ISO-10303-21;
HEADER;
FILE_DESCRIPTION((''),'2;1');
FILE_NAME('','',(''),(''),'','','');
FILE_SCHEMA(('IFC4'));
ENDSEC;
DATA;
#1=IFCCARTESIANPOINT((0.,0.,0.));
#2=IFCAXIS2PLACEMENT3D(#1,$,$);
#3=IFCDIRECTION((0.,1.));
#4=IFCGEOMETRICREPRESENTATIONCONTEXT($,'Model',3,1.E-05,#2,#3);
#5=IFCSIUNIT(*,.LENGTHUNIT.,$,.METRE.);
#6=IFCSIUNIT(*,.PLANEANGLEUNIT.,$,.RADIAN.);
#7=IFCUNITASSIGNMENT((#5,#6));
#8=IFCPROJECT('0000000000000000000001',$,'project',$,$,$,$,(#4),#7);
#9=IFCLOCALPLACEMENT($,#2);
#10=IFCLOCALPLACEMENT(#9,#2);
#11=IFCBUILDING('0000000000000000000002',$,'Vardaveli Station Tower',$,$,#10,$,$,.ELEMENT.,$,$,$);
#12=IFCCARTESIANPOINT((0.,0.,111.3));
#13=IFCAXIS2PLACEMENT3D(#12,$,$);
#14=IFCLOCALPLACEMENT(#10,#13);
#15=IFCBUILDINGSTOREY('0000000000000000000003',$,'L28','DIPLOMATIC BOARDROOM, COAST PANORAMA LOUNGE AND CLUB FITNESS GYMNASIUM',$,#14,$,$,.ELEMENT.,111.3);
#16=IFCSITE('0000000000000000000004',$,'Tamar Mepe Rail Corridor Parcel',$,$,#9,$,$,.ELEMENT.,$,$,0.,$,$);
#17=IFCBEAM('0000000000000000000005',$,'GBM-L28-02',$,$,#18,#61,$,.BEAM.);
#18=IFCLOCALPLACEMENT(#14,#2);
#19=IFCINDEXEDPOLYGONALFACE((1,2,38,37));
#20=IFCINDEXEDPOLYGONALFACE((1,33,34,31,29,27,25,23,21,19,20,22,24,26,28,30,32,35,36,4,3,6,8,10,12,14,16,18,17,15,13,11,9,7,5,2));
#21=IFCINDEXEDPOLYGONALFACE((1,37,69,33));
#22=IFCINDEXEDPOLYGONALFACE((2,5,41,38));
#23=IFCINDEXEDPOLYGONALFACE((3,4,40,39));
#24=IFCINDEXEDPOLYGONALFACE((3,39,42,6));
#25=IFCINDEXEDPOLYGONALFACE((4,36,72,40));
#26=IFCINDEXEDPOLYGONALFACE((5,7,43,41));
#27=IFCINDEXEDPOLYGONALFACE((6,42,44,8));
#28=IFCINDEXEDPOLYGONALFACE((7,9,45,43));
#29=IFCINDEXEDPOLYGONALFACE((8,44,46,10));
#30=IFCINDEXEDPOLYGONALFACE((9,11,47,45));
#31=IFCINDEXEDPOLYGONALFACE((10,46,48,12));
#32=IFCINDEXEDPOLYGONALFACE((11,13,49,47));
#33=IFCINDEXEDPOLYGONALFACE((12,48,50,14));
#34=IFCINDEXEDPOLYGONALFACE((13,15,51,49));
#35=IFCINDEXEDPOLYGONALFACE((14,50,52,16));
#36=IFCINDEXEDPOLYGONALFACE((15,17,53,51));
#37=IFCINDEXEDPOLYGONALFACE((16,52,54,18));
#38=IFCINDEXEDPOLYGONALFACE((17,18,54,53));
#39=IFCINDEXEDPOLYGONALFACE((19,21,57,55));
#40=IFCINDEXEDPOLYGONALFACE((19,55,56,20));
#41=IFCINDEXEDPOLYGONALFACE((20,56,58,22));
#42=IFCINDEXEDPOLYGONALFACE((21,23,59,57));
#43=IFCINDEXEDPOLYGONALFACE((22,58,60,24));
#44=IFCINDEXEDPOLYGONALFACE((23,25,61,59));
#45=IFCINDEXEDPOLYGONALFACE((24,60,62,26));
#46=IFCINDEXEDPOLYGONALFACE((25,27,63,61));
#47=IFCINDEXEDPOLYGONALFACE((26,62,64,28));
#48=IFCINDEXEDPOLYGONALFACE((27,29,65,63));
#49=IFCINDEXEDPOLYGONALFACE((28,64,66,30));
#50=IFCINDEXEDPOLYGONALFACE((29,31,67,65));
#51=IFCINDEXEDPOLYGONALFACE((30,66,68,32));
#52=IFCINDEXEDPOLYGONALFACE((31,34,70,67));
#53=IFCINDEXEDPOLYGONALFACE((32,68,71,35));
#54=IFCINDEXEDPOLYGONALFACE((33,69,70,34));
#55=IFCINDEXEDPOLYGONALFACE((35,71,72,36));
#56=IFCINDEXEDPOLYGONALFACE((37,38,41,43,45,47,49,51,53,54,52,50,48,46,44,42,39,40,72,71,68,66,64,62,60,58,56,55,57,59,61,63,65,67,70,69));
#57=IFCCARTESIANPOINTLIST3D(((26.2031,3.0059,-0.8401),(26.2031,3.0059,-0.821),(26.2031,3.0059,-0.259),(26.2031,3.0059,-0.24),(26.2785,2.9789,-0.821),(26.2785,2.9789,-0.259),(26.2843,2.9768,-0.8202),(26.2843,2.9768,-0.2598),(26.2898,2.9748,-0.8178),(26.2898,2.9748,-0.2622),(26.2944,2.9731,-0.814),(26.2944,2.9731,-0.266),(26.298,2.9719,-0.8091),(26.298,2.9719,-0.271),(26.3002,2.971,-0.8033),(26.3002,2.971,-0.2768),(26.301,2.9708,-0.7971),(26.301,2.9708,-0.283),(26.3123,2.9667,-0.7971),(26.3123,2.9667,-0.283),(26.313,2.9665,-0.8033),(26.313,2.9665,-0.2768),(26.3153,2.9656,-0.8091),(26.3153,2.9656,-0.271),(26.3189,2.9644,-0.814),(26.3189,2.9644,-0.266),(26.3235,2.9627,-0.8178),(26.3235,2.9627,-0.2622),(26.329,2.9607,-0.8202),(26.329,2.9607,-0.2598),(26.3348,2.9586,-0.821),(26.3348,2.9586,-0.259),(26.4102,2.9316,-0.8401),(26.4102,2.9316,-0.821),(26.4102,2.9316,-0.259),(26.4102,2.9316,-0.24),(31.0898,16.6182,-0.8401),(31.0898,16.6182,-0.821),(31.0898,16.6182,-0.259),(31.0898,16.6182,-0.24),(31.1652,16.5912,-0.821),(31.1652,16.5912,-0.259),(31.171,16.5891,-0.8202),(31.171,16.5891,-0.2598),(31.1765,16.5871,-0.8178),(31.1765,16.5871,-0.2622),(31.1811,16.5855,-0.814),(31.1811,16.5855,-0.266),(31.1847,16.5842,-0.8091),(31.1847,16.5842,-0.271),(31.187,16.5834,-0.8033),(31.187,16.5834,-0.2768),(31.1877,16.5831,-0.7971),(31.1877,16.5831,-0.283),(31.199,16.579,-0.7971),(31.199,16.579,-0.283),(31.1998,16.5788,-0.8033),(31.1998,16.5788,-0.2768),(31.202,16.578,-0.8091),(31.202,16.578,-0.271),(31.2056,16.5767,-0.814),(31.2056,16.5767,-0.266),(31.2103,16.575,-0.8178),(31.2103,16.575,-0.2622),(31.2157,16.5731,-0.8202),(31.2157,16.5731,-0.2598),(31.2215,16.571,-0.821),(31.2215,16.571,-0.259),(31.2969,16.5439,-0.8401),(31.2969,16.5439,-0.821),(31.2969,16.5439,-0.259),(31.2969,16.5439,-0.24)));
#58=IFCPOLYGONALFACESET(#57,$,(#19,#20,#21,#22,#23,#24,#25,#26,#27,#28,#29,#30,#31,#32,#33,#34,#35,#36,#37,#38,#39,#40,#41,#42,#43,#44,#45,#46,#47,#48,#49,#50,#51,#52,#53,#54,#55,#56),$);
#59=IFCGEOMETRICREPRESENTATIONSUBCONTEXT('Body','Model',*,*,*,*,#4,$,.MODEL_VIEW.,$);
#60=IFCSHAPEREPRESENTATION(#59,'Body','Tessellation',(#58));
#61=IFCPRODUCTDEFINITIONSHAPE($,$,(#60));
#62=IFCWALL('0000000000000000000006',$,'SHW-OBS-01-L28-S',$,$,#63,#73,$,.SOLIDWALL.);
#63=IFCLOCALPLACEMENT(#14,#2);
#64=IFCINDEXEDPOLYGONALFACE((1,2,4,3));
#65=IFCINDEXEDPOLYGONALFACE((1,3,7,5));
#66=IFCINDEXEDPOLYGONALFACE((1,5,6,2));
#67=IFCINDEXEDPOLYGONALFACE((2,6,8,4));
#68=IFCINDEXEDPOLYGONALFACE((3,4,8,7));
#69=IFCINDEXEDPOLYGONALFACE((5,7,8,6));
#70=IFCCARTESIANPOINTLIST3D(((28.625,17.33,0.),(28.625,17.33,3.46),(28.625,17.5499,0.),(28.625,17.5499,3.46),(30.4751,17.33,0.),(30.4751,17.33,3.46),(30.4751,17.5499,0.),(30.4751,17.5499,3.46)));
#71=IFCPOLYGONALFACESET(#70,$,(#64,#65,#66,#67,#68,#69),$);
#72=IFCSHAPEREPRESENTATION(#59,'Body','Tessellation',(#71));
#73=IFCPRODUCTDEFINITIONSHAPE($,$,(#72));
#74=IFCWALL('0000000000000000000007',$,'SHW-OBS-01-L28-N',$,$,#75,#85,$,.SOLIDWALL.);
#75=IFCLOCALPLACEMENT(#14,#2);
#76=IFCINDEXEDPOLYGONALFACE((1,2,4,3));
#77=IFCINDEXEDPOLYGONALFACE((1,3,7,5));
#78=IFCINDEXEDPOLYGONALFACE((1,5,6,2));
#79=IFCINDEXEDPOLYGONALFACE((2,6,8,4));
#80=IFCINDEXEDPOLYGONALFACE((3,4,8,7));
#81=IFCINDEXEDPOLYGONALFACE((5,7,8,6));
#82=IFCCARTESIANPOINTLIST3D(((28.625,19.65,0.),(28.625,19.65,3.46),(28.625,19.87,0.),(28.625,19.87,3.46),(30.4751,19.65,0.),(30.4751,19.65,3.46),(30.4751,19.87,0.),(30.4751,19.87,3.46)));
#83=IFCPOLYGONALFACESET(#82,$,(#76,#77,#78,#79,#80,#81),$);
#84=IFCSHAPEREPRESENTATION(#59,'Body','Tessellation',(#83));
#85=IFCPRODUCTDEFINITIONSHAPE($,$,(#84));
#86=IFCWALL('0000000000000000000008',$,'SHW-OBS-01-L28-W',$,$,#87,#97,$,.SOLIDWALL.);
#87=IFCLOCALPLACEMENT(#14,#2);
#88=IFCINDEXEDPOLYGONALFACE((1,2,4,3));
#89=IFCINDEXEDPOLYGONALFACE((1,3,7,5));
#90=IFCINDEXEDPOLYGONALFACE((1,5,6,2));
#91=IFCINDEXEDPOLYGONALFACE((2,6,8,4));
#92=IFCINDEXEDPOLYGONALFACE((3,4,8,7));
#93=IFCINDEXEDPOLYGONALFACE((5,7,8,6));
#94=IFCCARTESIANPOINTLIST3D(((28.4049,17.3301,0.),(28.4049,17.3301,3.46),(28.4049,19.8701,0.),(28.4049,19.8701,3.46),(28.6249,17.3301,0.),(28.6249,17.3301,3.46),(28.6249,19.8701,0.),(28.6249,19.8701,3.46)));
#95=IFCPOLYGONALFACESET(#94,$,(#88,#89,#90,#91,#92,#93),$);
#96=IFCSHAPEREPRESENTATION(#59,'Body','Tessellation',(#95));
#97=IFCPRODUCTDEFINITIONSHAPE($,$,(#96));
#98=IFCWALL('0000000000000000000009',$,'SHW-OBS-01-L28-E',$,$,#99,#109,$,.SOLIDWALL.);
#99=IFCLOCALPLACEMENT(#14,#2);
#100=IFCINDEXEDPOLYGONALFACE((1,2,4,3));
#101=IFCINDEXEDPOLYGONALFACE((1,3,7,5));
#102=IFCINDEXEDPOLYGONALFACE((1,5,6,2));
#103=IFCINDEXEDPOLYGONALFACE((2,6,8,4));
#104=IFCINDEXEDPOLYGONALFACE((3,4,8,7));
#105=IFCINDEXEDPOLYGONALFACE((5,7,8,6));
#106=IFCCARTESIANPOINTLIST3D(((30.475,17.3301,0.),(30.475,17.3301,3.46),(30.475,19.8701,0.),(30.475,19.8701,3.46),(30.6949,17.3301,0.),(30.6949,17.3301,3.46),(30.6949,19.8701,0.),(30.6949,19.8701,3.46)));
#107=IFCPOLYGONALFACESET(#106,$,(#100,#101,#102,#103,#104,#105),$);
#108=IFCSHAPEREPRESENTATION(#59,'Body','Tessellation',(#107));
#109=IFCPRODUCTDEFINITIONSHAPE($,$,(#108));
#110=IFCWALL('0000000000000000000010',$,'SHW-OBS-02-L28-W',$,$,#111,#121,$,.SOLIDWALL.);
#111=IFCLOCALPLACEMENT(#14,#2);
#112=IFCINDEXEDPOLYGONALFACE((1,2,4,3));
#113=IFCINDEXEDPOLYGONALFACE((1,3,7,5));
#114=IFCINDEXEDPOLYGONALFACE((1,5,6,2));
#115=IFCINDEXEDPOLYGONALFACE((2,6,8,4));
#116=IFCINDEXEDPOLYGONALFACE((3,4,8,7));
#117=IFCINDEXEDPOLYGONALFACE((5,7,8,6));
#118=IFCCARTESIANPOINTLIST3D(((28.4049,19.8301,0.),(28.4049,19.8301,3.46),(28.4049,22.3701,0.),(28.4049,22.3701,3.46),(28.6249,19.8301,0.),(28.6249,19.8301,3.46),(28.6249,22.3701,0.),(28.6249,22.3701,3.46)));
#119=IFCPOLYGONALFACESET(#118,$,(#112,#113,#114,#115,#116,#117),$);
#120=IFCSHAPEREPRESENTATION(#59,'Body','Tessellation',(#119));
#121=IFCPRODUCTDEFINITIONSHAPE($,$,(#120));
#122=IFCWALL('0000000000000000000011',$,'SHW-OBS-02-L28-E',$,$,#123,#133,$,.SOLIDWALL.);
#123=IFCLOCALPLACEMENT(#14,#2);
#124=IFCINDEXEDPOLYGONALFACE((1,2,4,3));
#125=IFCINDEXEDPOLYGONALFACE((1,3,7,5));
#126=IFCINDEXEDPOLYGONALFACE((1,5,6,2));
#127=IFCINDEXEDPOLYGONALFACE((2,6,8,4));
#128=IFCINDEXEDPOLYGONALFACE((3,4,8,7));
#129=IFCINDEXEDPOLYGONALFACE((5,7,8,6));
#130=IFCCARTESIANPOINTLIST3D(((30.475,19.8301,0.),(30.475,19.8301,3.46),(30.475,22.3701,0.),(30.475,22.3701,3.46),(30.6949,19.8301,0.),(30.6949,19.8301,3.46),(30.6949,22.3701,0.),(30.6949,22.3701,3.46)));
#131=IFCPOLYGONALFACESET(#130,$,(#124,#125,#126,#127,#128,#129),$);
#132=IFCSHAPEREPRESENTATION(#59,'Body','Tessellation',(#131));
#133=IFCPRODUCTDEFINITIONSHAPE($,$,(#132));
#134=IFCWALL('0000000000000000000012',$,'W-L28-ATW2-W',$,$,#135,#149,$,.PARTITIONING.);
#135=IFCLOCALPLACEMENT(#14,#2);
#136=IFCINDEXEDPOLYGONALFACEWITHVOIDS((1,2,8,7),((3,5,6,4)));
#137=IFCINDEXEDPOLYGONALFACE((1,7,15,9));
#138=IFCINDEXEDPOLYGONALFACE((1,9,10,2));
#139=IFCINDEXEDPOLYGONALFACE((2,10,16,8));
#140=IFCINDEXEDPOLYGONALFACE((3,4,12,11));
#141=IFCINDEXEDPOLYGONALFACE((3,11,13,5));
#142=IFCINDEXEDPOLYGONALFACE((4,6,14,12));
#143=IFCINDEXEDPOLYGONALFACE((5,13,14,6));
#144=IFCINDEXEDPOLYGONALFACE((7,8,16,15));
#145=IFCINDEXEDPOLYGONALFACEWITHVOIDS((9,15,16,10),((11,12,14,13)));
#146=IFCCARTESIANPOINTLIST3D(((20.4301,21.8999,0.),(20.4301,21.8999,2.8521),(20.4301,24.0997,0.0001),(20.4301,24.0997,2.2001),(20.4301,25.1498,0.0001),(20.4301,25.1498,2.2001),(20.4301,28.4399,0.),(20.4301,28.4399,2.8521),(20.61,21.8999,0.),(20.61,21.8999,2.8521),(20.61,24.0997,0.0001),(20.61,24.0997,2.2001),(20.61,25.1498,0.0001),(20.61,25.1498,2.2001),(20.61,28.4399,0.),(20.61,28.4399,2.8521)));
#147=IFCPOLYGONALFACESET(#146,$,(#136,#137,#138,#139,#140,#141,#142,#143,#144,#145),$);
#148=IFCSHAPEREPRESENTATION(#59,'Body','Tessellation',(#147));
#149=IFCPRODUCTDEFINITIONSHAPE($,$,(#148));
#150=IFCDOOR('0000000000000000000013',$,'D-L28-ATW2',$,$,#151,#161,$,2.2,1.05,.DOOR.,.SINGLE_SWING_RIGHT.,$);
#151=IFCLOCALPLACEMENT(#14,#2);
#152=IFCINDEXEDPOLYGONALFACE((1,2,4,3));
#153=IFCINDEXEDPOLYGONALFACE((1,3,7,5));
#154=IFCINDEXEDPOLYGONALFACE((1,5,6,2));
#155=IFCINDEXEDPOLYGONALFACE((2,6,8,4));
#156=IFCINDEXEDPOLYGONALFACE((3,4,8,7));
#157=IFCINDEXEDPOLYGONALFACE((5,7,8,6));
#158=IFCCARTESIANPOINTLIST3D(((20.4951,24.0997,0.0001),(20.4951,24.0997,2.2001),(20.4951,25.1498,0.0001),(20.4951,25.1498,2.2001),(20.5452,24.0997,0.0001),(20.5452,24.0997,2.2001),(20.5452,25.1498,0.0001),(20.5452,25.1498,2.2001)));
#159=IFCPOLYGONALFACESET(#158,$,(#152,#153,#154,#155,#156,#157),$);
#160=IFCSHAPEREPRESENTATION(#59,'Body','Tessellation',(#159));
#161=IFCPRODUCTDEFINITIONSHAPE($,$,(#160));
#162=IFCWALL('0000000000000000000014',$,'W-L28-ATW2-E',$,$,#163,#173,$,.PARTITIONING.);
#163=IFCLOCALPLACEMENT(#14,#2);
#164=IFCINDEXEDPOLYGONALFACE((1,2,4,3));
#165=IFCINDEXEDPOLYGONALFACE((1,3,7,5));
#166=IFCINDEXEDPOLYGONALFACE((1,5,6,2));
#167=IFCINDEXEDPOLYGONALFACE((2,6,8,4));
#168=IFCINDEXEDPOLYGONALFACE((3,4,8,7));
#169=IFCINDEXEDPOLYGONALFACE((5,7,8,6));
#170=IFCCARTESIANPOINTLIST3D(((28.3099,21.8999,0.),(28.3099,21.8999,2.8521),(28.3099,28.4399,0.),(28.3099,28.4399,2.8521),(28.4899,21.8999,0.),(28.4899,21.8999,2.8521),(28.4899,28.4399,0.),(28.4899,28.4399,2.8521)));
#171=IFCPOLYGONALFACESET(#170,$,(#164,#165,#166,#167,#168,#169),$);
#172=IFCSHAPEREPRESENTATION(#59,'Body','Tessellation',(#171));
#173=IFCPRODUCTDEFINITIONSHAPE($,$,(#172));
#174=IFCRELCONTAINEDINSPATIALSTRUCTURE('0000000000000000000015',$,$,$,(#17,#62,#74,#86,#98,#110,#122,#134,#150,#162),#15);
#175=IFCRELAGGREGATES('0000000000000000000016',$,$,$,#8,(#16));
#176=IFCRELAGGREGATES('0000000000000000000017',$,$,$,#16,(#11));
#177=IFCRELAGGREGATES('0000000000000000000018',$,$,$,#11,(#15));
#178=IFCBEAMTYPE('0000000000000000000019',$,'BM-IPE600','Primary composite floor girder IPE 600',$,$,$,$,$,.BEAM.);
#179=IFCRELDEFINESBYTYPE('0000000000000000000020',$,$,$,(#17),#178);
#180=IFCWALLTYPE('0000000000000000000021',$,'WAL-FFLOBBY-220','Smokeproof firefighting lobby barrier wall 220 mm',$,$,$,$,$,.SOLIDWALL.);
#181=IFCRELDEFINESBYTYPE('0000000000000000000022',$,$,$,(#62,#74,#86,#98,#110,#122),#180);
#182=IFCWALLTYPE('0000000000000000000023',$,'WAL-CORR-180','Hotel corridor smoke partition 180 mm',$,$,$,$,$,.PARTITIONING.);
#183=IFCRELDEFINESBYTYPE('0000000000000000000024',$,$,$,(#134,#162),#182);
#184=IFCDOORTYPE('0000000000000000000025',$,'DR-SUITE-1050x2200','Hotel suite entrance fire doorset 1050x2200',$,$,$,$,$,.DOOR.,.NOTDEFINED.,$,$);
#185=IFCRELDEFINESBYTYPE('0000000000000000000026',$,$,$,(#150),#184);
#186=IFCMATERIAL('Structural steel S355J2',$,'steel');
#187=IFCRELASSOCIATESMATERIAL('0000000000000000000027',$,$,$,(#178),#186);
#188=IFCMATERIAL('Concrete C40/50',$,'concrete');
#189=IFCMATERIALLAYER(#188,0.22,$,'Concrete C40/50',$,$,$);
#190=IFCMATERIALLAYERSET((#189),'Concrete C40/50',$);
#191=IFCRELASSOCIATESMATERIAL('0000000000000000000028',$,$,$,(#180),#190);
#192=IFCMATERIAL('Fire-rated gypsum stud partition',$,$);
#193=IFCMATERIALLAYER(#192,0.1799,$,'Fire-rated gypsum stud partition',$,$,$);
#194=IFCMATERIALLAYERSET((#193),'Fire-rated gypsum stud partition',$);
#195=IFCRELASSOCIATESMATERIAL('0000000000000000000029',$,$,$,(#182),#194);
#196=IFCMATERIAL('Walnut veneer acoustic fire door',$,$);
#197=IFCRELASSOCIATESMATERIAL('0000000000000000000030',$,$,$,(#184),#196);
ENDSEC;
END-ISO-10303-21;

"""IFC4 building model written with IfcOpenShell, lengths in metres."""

from ifc_helpers import new_model, si_unit, direction, frame, frame_2d, origin, origin_2d, place, context, subcontext, project, spatial, rectangle, i_section, extrude, source, transform, mapped, material, layer, layer_set, material_profile, profile_set, type_object, element, fill, save


model = new_model("IFC4")

# Units and contexts
model_context = context("Model", 3, precision=1e-05, world=origin(), true_north=direction((0.0, 1.0)))
body_context = subcontext(model_context, "Body", "Model", "MODEL_VIEW")
ifc_project = project(units=[si_unit("LENGTHUNIT", "METRE"), si_unit("PLANEANGLEUNIT", "RADIAN")], contexts=[model_context])

# Site, building, storey
site_placement = place(None, origin())
site = spatial("IfcSite", under=ifc_project, at=site_placement, Name="Tamar Mepe Rail Corridor Parcel", CompositionType="ELEMENT", RefElevation=0.0)
building_placement = place(site_placement, origin())
building = spatial("IfcBuilding", under=site, at=building_placement, Name="Vardaveli Station Tower", CompositionType="ELEMENT")
storey_placement = place(building_placement, frame((0.0, 0.0, 111.3)))
storey = spatial("IfcBuildingStorey", under=building, at=storey_placement, Name="L28", Description="DIPLOMATIC BOARDROOM, COAST PANORAMA LOUNGE AND CLUB FITNESS GYMNASIUM", CompositionType="ELEMENT", Elevation=111.3)

# Beam
ifc_material_1 = material(Name="Structural steel S355J2", Category="steel")
ifc_material_profile_1 = material_profile(ifc_material_1, i_section(OverallWidth=0.22, OverallDepth=0.6001, WebThickness=0.012, FlangeThickness=0.019, FilletRadius=0.0239, at=origin_2d()), Name="IPE 600")
ifc_profile_set_1 = profile_set([ifc_material_profile_1], Name="Structural steel S355J2")
beam_type_1 = type_object("IfcBeamType", Name="BM-IPE600", Description="Primary composite floor girder IPE 600", PredefinedType="BEAM", material=ifc_profile_set_1)
shared_shape_1 = source(origin(), body_context, "Body", "SweptSolid", [
    extrude(i_section(OverallWidth=0.22, OverallDepth=0.6001, WebThickness=0.012, FlangeThickness=0.019, FilletRadius=0.0239, at=origin_2d()), origin(), (0.0, 0.0, 1.0), 14.4629),
])
beam_1_placement = place(storey_placement, frame((26.3066, 2.9688, -0.54), z_axis=(0.33788, 0.941189, 0.0), x_axis=(-0.941189, 0.33788, 0.0)))
element("IfcBeam", 1, at=beam_1_placement, inside=storey, type_object=beam_type_1, Name="GBM-L28-02", PredefinedType="BEAM", context=body_context, shape_type="MappedRepresentation", body=[
    mapped(shared_shape_1, transform((0.0, 0.0, 0.0), scale=1.0)),
])

# Walls
ifc_material_2 = material(Name="Concrete C40/50", Category="concrete")
ifc_layer_1 = layer(ifc_material_2, 0.22, Name="Concrete C40/50")
ifc_layer_set_1 = layer_set([ifc_layer_1], Name="Concrete C40/50")
wall_type_1 = type_object("IfcWallType", Name="WAL-FFLOBBY-220", Description="Smokeproof firefighting lobby barrier wall 220 mm", PredefinedType="SOLIDWALL", material=ifc_layer_set_1)
shared_shape_2 = source(origin(), body_context, "Body", "SweptSolid", [
    extrude(rectangle(XDim=1.8501, YDim=0.22, at=frame_2d((0.925, 0.0))), origin(), (0.0, 0.0, 1.0), 3.46),
])
for number, where, z_axis, x_axis, name in (
    (2, (28.625, 17.4399, 0.0), (0.0, 0.0, 1.0), (1.0, 0.0, 0.0), "SHW-OBS-01-L28-S"),
    (3, (28.625, 19.76, 0.0), (0.0, 0.0, 1.0), (1.0, 0.0, 0.0), "SHW-OBS-01-L28-N"),
):
    element("IfcWall", number, at=place(storey_placement, frame(where, z_axis=z_axis, x_axis=x_axis)), inside=storey, type_object=wall_type_1, Name=name, PredefinedType="SOLIDWALL", context=body_context, shape_type="MappedRepresentation", body=[
        mapped(shared_shape_2, transform((0.0, 0.0, 0.0), scale=1.0)),
    ])
shared_shape_3 = source(origin(), body_context, "Body", "SweptSolid", [
    extrude(rectangle(XDim=2.54, YDim=0.22, at=frame_2d((1.27, 0.0))), origin(), (0.0, 0.0, 1.0), 3.46),
])
for number, where, z_axis, x_axis, name in (
    (4, (28.5149, 17.3301, 0.0), (0.0, 0.0, 1.0), (0.0, 1.0, 0.0), "SHW-OBS-01-L28-W"),
    (5, (30.585, 17.3301, 0.0), (0.0, 0.0, 1.0), (0.0, 1.0, 0.0), "SHW-OBS-01-L28-E"),
    (6, (28.5149, 19.8301, 0.0), (0.0, 0.0, 1.0), (0.0, 1.0, 0.0), "SHW-OBS-02-L28-W"),
    (7, (30.585, 19.8301, 0.0), (0.0, 0.0, 1.0), (0.0, 1.0, 0.0), "SHW-OBS-02-L28-E"),
):
    element("IfcWall", number, at=place(storey_placement, frame(where, z_axis=z_axis, x_axis=x_axis)), inside=storey, type_object=wall_type_1, Name=name, PredefinedType="SOLIDWALL", context=body_context, shape_type="MappedRepresentation", body=[
        mapped(shared_shape_3, transform((0.0, 0.0, 0.0), scale=1.0)),
    ])

# Wall, opening, door
ifc_material_3 = material(Name="Fire-rated gypsum stud partition")
ifc_layer_2 = layer(ifc_material_3, 0.1799, Name="Fire-rated gypsum stud partition")
ifc_layer_set_2 = layer_set([ifc_layer_2], Name="Fire-rated gypsum stud partition")
wall_type_2 = type_object("IfcWallType", Name="WAL-CORR-180", Description="Hotel corridor smoke partition 180 mm", PredefinedType="PARTITIONING", material=ifc_layer_set_2)
shared_shape_4 = source(origin(), body_context, "Body", "SweptSolid", [
    extrude(rectangle(XDim=6.54, YDim=0.1799, at=frame_2d((3.27, 0.0))), origin(), (0.0, 0.0, 1.0), 2.8521),
])
wall_1_placement = place(storey_placement, frame((20.52, 21.8999, 0.0), z_axis=(0.0, 0.0, 1.0), x_axis=(0.0, 1.0, 0.0)))
wall_1 = element("IfcWall", 8, at=wall_1_placement, inside=storey, type_object=wall_type_2, Name="W-L28-ATW2-W", PredefinedType="PARTITIONING", context=body_context, shape_type="MappedRepresentation", body=[
    mapped(shared_shape_4, transform((0.0, 0.0, 0.0), scale=1.0)),
])
shared_shape_5 = source(origin(), body_context, "Body", "SweptSolid", [
    extrude(rectangle(XDim=1.05, YDim=2.2, at=frame_2d((0.5249, 1.1001))), frame((0.0, 0.1001, 0.0), z_axis=(0.0, -1.0, 0.0), x_axis=(1.0, 0.0, 0.0)), (0.0, 0.0, 1.0), 0.2),
])
opening_1_placement = place(wall_1_placement, frame((2.2, 0.0, 0.0)))
opening_1 = element("IfcOpeningElement", 9, at=opening_1_placement, cuts=wall_1, PredefinedType="OPENING", context=body_context, shape_type="MappedRepresentation", body=[
    mapped(shared_shape_5, transform((0.0, 0.0, 0.0), scale=1.0)),
])
ifc_material_4 = material(Name="Walnut veneer acoustic fire door")
door_type = type_object("IfcDoorType", Name="DR-SUITE-1050x2200", Description="Hotel suite entrance fire doorset 1050x2200", OperationType="NOTDEFINED", PredefinedType="DOOR", material=ifc_material_4)
shared_shape_6 = source(origin(), body_context, "Body", "SweptSolid", [
    extrude(rectangle(XDim=1.05, YDim=2.2, at=frame_2d((0.5249, 1.1001))), frame((0.0, 0.0249, 0.0), z_axis=(0.0, -1.0, 0.0), x_axis=(1.0, 0.0, 0.0)), (0.0, 0.0, 1.0), 0.05),
])
door_1_placement = place(opening_1_placement, origin())
door_1 = element("IfcDoor", 10, at=door_1_placement, inside=storey, type_object=door_type, Name="D-L28-ATW2", OperationType="SINGLE_SWING_RIGHT", OverallHeight=2.2, OverallWidth=1.05, PredefinedType="DOOR", context=body_context, shape_type="MappedRepresentation", body=[
    mapped(shared_shape_6, transform((0.0, 0.0, 0.0), scale=1.0)),
])
fill(opening_1, door_1)

# Wall
wall_2_placement = place(storey_placement, frame((28.3999, 21.8999, 0.0), z_axis=(0.0, 0.0, 1.0), x_axis=(0.0, 1.0, 0.0)))
element("IfcWall", 11, at=wall_2_placement, inside=storey, type_object=wall_type_2, Name="W-L28-ATW2-E", PredefinedType="PARTITIONING", context=body_context, shape_type="MappedRepresentation", body=[
    mapped(shared_shape_4, transform((0.0, 0.0, 0.0), scale=1.0)),
])

save(model, "model.ifc")
